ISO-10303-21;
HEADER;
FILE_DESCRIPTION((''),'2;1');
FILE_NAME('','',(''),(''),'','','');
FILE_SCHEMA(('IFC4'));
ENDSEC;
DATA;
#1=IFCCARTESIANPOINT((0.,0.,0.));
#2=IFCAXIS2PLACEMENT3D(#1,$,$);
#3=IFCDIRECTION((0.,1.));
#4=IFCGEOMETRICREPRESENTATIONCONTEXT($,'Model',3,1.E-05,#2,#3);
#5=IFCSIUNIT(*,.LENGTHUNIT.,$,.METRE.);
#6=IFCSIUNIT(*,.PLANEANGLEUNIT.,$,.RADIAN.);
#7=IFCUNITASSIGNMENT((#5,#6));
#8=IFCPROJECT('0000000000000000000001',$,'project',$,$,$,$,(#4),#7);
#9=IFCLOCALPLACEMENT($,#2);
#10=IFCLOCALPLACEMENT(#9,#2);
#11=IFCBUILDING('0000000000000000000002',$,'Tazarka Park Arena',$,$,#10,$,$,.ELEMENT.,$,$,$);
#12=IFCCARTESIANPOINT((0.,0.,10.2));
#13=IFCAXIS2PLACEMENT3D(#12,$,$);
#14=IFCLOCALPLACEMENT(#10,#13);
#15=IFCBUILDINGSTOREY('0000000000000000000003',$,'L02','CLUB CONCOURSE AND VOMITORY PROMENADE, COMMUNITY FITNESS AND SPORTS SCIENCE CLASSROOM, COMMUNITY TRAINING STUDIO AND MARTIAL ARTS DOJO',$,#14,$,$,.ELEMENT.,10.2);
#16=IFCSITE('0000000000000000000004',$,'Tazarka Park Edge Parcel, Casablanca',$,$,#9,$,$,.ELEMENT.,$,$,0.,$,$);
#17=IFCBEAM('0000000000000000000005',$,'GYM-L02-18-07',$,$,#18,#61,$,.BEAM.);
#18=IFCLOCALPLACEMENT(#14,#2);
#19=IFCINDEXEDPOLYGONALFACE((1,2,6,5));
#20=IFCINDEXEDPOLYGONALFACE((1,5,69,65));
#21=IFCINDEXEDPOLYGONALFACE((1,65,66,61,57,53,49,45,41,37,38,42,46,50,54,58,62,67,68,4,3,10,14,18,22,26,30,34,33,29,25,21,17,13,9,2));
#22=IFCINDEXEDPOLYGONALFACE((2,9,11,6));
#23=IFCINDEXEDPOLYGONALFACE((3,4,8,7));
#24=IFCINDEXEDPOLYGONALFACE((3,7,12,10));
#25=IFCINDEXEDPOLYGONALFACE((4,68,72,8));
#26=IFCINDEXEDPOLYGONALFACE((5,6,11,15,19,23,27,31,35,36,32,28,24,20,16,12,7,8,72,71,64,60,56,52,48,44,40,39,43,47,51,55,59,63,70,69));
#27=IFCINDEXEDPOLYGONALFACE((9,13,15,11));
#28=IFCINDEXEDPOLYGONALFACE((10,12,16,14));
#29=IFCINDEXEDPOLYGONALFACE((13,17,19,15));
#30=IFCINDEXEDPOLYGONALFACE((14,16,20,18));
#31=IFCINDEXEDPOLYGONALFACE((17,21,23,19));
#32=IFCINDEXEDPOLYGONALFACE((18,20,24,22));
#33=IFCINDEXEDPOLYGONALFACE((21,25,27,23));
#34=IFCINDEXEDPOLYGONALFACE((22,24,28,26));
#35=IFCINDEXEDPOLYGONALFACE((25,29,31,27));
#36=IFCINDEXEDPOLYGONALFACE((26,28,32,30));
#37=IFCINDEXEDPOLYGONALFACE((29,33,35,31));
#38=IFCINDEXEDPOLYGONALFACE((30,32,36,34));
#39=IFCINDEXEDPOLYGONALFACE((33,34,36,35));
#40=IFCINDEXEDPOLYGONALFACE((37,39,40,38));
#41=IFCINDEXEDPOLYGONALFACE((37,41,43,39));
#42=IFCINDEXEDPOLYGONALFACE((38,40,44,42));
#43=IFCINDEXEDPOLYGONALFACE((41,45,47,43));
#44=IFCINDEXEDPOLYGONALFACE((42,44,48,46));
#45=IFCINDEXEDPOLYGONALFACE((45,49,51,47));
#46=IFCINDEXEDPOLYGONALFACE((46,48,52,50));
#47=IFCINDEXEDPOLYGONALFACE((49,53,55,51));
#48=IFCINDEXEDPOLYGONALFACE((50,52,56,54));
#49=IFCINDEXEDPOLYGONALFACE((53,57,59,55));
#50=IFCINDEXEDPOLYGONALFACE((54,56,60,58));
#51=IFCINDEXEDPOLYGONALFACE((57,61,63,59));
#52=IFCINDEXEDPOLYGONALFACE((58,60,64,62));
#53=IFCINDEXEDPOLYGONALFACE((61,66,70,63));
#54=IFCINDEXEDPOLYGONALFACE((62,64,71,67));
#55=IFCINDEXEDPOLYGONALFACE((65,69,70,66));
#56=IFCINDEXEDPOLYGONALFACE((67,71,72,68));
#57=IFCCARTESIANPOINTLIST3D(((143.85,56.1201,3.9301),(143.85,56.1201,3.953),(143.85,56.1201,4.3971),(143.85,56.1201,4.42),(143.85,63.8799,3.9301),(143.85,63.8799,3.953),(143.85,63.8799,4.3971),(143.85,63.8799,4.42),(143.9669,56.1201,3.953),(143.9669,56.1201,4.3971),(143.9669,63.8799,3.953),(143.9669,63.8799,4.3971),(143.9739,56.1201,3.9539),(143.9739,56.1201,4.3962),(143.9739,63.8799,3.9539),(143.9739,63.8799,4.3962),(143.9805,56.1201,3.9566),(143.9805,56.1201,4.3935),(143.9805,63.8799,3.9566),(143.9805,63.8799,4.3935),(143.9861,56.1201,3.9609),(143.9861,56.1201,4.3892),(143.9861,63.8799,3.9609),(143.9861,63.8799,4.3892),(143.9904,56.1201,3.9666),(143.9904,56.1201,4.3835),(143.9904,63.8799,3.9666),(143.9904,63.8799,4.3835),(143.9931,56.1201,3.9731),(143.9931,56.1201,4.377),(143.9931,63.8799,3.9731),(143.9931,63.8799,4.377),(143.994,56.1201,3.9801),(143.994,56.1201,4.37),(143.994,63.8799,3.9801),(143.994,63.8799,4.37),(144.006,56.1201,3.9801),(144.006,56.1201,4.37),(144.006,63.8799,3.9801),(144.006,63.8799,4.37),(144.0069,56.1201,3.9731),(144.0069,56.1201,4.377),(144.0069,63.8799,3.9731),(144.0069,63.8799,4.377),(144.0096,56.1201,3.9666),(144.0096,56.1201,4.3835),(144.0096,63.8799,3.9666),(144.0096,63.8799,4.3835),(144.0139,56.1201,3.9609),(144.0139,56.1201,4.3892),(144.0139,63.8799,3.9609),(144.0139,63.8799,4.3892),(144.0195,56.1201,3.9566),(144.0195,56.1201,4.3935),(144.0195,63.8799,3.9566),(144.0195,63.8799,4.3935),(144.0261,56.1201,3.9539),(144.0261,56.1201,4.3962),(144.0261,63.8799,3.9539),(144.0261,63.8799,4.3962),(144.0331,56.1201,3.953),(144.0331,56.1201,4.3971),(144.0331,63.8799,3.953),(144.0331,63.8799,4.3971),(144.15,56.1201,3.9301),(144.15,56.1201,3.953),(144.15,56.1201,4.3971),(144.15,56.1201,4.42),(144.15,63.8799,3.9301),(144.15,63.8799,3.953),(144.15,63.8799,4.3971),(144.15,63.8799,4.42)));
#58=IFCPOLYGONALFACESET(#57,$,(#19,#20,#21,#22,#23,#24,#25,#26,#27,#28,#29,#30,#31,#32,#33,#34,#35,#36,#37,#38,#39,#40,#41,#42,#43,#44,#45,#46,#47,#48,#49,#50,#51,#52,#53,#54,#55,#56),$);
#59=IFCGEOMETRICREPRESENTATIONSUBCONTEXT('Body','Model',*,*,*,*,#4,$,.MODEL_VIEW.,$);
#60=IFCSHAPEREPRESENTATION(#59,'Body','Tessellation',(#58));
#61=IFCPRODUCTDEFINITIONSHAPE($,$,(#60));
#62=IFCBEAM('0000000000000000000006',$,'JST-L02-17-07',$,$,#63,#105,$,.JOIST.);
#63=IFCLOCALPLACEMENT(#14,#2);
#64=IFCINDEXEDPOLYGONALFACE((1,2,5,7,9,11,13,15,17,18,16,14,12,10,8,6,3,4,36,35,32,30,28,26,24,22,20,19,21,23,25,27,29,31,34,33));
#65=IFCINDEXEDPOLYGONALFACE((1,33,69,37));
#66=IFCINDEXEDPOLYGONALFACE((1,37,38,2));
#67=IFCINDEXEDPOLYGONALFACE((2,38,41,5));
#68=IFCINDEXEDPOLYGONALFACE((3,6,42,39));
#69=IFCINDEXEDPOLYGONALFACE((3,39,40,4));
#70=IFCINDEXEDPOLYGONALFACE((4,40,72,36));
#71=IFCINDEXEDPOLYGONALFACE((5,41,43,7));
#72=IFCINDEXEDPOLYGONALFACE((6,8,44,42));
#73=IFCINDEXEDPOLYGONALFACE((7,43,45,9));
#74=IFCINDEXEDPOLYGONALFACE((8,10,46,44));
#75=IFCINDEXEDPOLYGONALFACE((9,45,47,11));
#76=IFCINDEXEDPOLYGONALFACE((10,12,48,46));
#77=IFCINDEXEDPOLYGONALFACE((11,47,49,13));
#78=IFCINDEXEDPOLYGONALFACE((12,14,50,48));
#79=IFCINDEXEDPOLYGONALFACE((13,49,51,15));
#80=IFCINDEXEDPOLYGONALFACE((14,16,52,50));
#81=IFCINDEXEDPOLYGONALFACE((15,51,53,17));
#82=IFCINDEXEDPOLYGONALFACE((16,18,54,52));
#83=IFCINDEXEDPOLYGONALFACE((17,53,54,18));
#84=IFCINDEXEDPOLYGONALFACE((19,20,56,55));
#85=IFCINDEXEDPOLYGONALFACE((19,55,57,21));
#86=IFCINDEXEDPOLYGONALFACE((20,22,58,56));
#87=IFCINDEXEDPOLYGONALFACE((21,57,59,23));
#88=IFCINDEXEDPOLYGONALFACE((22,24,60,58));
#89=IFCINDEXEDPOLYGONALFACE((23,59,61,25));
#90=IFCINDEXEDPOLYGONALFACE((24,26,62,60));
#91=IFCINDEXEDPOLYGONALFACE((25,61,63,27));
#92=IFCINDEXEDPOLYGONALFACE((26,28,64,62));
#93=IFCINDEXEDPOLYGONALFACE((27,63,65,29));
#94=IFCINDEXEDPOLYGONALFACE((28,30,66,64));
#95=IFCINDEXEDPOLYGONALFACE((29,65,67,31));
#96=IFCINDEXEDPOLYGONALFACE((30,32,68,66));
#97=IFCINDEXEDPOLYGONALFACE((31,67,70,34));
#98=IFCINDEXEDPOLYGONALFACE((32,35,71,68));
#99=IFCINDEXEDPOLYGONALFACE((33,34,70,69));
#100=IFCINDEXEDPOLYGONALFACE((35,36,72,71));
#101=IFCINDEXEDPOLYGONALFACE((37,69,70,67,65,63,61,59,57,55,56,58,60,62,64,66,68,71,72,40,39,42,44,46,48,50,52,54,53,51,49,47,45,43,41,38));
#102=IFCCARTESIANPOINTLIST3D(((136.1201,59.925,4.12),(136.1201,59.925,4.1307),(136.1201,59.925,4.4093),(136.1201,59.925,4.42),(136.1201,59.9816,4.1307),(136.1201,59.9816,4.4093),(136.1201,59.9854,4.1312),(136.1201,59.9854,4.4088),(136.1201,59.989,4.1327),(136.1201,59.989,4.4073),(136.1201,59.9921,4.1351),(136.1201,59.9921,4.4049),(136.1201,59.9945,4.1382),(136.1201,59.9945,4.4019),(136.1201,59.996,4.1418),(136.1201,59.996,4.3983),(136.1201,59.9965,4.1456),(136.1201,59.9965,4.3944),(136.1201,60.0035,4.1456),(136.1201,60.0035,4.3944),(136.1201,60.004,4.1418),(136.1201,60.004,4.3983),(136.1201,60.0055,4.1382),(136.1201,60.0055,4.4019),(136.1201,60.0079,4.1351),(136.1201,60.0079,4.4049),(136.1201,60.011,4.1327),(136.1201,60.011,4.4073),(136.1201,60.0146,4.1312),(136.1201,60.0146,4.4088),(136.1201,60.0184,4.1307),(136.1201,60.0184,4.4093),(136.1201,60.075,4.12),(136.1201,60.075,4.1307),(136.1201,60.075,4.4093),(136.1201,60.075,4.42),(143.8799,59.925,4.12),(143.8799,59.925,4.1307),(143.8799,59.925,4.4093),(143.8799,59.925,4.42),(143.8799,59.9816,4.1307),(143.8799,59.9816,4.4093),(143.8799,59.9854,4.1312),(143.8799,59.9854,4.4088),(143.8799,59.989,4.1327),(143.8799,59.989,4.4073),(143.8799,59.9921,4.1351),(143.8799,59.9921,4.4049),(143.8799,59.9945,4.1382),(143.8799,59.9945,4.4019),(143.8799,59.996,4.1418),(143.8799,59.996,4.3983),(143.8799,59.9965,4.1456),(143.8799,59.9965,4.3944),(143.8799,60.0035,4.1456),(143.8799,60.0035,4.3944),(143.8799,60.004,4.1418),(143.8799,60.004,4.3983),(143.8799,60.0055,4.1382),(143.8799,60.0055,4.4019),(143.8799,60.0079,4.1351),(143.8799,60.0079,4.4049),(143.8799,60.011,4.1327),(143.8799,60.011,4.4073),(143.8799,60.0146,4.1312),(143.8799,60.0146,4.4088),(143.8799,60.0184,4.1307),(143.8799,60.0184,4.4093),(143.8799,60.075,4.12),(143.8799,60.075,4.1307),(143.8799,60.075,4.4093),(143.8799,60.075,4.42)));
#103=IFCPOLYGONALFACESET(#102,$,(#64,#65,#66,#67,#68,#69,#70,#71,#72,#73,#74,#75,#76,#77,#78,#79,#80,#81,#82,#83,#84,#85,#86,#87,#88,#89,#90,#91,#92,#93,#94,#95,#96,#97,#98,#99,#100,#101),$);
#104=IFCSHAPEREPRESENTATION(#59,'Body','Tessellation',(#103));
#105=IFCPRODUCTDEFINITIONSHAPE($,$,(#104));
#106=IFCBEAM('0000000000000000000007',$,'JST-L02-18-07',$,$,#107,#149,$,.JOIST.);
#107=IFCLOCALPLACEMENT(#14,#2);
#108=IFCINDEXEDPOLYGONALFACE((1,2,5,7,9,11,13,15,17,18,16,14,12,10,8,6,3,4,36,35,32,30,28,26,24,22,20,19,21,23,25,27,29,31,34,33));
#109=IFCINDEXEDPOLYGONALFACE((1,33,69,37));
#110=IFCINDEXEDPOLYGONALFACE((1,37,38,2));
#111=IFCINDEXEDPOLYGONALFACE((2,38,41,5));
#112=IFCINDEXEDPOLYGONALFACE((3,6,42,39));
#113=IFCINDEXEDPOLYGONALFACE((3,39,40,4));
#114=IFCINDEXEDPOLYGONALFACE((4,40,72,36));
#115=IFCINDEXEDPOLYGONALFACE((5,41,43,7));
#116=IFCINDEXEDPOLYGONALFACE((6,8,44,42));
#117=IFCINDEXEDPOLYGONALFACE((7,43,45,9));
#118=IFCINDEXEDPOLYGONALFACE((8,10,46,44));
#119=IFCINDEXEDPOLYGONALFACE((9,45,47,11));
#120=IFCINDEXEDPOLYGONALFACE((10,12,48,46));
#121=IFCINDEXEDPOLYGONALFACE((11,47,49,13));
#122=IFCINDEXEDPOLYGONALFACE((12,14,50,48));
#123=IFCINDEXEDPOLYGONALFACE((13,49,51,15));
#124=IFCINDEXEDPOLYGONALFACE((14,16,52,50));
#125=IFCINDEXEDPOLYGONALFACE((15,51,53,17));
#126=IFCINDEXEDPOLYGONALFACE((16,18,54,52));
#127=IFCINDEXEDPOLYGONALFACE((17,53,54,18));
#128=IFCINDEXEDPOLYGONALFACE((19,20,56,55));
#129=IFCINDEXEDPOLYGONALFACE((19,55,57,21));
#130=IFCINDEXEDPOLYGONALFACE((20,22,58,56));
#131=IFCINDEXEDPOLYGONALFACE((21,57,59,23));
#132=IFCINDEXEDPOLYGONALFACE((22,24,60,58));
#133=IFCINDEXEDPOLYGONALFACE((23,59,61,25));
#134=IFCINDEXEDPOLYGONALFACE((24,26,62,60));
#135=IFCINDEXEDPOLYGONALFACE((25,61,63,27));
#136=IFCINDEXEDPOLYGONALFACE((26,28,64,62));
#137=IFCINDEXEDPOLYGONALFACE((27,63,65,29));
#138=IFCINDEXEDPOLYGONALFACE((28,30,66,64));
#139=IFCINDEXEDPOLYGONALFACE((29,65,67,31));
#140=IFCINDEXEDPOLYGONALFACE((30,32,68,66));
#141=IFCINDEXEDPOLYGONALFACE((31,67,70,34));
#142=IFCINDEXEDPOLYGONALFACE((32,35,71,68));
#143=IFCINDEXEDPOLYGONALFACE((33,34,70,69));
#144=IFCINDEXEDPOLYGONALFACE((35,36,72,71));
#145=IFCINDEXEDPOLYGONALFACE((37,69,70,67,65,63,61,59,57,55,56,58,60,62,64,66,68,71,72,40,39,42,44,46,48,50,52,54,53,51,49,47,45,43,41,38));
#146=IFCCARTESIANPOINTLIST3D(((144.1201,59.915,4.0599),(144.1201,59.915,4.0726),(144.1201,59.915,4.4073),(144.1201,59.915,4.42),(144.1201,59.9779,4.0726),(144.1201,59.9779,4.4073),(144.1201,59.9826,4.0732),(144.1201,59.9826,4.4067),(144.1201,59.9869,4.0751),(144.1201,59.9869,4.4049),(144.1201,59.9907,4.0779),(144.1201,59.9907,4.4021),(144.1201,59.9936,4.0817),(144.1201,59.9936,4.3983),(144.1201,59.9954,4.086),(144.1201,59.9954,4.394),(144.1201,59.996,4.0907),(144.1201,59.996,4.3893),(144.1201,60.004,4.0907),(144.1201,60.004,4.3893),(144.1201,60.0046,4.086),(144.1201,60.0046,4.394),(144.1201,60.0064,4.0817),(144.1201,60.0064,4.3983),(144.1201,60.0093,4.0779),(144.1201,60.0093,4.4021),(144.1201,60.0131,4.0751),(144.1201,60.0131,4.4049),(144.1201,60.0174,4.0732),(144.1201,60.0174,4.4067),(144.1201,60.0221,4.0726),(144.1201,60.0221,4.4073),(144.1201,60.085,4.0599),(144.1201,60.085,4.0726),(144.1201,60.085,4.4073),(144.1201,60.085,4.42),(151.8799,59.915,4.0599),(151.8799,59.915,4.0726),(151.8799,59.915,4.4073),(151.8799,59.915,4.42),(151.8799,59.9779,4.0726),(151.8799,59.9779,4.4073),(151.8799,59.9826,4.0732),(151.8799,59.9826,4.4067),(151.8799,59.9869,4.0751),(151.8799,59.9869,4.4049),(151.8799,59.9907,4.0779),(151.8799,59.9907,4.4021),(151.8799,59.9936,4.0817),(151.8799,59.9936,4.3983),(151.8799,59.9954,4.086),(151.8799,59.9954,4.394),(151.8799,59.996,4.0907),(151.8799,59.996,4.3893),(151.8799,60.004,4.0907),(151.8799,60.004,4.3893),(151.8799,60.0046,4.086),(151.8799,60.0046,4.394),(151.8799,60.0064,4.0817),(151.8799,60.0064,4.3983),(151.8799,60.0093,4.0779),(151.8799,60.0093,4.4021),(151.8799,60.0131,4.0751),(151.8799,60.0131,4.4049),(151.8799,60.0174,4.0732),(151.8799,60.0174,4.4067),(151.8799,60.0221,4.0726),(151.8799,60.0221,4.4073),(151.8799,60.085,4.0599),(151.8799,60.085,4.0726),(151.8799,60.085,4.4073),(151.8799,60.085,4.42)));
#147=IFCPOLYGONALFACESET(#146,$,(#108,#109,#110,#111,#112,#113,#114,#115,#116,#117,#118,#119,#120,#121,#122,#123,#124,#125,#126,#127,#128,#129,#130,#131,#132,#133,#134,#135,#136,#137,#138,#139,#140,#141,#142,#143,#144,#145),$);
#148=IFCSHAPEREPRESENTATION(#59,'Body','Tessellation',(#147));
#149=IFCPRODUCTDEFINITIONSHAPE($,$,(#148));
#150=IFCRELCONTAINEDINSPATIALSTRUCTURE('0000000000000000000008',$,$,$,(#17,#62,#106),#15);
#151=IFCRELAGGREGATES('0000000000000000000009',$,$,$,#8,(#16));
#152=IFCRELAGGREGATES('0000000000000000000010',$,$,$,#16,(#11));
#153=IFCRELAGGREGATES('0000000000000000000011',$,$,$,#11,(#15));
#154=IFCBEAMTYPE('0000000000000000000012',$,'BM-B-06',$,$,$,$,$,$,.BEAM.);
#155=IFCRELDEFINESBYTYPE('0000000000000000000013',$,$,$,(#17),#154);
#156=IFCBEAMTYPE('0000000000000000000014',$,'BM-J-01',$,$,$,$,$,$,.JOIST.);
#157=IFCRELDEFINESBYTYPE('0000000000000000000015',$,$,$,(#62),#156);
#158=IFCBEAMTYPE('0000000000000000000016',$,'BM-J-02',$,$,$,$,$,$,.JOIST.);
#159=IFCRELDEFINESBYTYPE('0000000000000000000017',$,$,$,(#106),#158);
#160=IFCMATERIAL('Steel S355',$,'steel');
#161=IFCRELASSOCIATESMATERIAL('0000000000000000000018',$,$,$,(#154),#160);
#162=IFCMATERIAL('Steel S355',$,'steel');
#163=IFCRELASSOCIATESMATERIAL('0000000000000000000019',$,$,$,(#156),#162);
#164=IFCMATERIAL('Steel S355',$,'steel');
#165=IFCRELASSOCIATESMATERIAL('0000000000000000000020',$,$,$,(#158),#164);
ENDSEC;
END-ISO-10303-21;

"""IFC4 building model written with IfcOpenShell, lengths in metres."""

from ifc_helpers import new_model, si_unit, direction, frame, origin, origin_2d, place, context, subcontext, project, spatial, i_section, extrude, material, material_profile, profile_set, type_object, element, save


model = new_model("IFC4")

# Units and contexts
model_context = context("Model", 3, precision=1e-05, world=origin(), true_north=direction((0.0, 1.0)))
body_context = subcontext(model_context, "Body", "Model", "MODEL_VIEW")
ifc_project = project(units=[si_unit("LENGTHUNIT", "METRE"), si_unit("PLANEANGLEUNIT", "RADIAN")], contexts=[model_context])

# Site, building, storey
site_placement = place(None, origin())
site = spatial("IfcSite", under=ifc_project, at=site_placement, Name="Tazarka Park Edge Parcel, Casablanca", CompositionType="ELEMENT", RefElevation=0.0)
building_placement = place(site_placement, origin())
building = spatial("IfcBuilding", under=site, at=building_placement, Name="Tazarka Park Arena", CompositionType="ELEMENT")
storey_placement = place(building_placement, frame((0.0, 0.0, 10.2)))
storey = spatial("IfcBuildingStorey", under=building, at=storey_placement, Name="L02", Description="CLUB CONCOURSE AND VOMITORY PROMENADE, COMMUNITY FITNESS AND SPORTS SCIENCE CLASSROOM, COMMUNITY TRAINING STUDIO AND MARTIAL ARTS DOJO", CompositionType="ELEMENT", Elevation=10.2)

# Beams
ifc_material_1 = material(Name="Steel S355", Category="steel")
ifc_material_profile_1 = material_profile(ifc_material_1, i_section(OverallWidth=0.3, OverallDepth=0.49, WebThickness=0.012, FlangeThickness=0.0229, FilletRadius=0.0271, at=origin_2d()), Name="Steel S355")
ifc_profile_set_1 = profile_set([ifc_material_profile_1], Name="Steel S355")
beam_type_1 = type_object("IfcBeamType", Name="BM-B-06", PredefinedType="BEAM", material=ifc_profile_set_1)
for number, where, z_axis, x_axis, name in (
    (1, (144.0, 56.1201, 4.175), (0.0, 1.0, 0.0), (-1.0, 0.0, 0.0), "GYM-L02-18-07"),
):
    element("IfcBeam", number, at=place(storey_placement, frame(where, z_axis=z_axis, x_axis=x_axis)), inside=storey, type_object=beam_type_1, Name=name, PredefinedType="BEAM", context=body_context, shape_type="SweptSolid", body=[
        extrude(i_section(OverallWidth=0.3, OverallDepth=0.49, WebThickness=0.012, FlangeThickness=0.0229, FilletRadius=0.0271, at=origin_2d()), origin(), (0.0, 0.0, 1.0), 7.7598),
    ])
ifc_material_2 = material(Name="Steel S355", Category="steel")
ifc_material_profile_2 = material_profile(ifc_material_2, i_section(OverallWidth=0.1499, OverallDepth=0.3, WebThickness=0.0071, FlangeThickness=0.0107, FilletRadius=0.0149, at=origin_2d()), Name="Steel S355")
ifc_profile_set_2 = profile_set([ifc_material_profile_2], Name="Steel S355")
beam_type_2 = type_object("IfcBeamType", Name="BM-J-01", PredefinedType="JOIST", material=ifc_profile_set_2)
beam_1_placement = place(storey_placement, frame((136.1201, 60.0, 4.27), z_axis=(1.0, 0.0, 0.0), x_axis=(0.0, 1.0, 0.0)))
element("IfcBeam", 2, at=beam_1_placement, inside=storey, type_object=beam_type_2, Name="JST-L02-17-07", PredefinedType="JOIST", context=body_context, shape_type="SweptSolid", body=[
    extrude(i_section(OverallWidth=0.1499, OverallDepth=0.3, WebThickness=0.0071, FlangeThickness=0.0107, FilletRadius=0.0149, at=origin_2d()), origin(), (0.0, 0.0, 1.0), 7.7598),
])
ifc_material_3 = material(Name="Steel S355", Category="steel")
ifc_material_profile_3 = material_profile(ifc_material_3, i_section(OverallWidth=0.1699, OverallDepth=0.3601, WebThickness=0.0081, FlangeThickness=0.0127, FilletRadius=0.0181, at=origin_2d()), Name="Steel S355")
ifc_profile_set_3 = profile_set([ifc_material_profile_3], Name="Steel S355")
beam_type_3 = type_object("IfcBeamType", Name="BM-J-02", PredefinedType="JOIST", material=ifc_profile_set_3)
beam_2_placement = place(storey_placement, frame((144.1201, 60.0, 4.24), z_axis=(1.0, 0.0, 0.0), x_axis=(0.0, 1.0, 0.0)))
element("IfcBeam", 3, at=beam_2_placement, inside=storey, type_object=beam_type_3, Name="JST-L02-18-07", PredefinedType="JOIST", context=body_context, shape_type="SweptSolid", body=[
    extrude(i_section(OverallWidth=0.1699, OverallDepth=0.3601, WebThickness=0.0081, FlangeThickness=0.0127, FilletRadius=0.0181, at=origin_2d()), origin(), (0.0, 0.0, 1.0), 7.7598),
])

save(model, "model.ifc")
